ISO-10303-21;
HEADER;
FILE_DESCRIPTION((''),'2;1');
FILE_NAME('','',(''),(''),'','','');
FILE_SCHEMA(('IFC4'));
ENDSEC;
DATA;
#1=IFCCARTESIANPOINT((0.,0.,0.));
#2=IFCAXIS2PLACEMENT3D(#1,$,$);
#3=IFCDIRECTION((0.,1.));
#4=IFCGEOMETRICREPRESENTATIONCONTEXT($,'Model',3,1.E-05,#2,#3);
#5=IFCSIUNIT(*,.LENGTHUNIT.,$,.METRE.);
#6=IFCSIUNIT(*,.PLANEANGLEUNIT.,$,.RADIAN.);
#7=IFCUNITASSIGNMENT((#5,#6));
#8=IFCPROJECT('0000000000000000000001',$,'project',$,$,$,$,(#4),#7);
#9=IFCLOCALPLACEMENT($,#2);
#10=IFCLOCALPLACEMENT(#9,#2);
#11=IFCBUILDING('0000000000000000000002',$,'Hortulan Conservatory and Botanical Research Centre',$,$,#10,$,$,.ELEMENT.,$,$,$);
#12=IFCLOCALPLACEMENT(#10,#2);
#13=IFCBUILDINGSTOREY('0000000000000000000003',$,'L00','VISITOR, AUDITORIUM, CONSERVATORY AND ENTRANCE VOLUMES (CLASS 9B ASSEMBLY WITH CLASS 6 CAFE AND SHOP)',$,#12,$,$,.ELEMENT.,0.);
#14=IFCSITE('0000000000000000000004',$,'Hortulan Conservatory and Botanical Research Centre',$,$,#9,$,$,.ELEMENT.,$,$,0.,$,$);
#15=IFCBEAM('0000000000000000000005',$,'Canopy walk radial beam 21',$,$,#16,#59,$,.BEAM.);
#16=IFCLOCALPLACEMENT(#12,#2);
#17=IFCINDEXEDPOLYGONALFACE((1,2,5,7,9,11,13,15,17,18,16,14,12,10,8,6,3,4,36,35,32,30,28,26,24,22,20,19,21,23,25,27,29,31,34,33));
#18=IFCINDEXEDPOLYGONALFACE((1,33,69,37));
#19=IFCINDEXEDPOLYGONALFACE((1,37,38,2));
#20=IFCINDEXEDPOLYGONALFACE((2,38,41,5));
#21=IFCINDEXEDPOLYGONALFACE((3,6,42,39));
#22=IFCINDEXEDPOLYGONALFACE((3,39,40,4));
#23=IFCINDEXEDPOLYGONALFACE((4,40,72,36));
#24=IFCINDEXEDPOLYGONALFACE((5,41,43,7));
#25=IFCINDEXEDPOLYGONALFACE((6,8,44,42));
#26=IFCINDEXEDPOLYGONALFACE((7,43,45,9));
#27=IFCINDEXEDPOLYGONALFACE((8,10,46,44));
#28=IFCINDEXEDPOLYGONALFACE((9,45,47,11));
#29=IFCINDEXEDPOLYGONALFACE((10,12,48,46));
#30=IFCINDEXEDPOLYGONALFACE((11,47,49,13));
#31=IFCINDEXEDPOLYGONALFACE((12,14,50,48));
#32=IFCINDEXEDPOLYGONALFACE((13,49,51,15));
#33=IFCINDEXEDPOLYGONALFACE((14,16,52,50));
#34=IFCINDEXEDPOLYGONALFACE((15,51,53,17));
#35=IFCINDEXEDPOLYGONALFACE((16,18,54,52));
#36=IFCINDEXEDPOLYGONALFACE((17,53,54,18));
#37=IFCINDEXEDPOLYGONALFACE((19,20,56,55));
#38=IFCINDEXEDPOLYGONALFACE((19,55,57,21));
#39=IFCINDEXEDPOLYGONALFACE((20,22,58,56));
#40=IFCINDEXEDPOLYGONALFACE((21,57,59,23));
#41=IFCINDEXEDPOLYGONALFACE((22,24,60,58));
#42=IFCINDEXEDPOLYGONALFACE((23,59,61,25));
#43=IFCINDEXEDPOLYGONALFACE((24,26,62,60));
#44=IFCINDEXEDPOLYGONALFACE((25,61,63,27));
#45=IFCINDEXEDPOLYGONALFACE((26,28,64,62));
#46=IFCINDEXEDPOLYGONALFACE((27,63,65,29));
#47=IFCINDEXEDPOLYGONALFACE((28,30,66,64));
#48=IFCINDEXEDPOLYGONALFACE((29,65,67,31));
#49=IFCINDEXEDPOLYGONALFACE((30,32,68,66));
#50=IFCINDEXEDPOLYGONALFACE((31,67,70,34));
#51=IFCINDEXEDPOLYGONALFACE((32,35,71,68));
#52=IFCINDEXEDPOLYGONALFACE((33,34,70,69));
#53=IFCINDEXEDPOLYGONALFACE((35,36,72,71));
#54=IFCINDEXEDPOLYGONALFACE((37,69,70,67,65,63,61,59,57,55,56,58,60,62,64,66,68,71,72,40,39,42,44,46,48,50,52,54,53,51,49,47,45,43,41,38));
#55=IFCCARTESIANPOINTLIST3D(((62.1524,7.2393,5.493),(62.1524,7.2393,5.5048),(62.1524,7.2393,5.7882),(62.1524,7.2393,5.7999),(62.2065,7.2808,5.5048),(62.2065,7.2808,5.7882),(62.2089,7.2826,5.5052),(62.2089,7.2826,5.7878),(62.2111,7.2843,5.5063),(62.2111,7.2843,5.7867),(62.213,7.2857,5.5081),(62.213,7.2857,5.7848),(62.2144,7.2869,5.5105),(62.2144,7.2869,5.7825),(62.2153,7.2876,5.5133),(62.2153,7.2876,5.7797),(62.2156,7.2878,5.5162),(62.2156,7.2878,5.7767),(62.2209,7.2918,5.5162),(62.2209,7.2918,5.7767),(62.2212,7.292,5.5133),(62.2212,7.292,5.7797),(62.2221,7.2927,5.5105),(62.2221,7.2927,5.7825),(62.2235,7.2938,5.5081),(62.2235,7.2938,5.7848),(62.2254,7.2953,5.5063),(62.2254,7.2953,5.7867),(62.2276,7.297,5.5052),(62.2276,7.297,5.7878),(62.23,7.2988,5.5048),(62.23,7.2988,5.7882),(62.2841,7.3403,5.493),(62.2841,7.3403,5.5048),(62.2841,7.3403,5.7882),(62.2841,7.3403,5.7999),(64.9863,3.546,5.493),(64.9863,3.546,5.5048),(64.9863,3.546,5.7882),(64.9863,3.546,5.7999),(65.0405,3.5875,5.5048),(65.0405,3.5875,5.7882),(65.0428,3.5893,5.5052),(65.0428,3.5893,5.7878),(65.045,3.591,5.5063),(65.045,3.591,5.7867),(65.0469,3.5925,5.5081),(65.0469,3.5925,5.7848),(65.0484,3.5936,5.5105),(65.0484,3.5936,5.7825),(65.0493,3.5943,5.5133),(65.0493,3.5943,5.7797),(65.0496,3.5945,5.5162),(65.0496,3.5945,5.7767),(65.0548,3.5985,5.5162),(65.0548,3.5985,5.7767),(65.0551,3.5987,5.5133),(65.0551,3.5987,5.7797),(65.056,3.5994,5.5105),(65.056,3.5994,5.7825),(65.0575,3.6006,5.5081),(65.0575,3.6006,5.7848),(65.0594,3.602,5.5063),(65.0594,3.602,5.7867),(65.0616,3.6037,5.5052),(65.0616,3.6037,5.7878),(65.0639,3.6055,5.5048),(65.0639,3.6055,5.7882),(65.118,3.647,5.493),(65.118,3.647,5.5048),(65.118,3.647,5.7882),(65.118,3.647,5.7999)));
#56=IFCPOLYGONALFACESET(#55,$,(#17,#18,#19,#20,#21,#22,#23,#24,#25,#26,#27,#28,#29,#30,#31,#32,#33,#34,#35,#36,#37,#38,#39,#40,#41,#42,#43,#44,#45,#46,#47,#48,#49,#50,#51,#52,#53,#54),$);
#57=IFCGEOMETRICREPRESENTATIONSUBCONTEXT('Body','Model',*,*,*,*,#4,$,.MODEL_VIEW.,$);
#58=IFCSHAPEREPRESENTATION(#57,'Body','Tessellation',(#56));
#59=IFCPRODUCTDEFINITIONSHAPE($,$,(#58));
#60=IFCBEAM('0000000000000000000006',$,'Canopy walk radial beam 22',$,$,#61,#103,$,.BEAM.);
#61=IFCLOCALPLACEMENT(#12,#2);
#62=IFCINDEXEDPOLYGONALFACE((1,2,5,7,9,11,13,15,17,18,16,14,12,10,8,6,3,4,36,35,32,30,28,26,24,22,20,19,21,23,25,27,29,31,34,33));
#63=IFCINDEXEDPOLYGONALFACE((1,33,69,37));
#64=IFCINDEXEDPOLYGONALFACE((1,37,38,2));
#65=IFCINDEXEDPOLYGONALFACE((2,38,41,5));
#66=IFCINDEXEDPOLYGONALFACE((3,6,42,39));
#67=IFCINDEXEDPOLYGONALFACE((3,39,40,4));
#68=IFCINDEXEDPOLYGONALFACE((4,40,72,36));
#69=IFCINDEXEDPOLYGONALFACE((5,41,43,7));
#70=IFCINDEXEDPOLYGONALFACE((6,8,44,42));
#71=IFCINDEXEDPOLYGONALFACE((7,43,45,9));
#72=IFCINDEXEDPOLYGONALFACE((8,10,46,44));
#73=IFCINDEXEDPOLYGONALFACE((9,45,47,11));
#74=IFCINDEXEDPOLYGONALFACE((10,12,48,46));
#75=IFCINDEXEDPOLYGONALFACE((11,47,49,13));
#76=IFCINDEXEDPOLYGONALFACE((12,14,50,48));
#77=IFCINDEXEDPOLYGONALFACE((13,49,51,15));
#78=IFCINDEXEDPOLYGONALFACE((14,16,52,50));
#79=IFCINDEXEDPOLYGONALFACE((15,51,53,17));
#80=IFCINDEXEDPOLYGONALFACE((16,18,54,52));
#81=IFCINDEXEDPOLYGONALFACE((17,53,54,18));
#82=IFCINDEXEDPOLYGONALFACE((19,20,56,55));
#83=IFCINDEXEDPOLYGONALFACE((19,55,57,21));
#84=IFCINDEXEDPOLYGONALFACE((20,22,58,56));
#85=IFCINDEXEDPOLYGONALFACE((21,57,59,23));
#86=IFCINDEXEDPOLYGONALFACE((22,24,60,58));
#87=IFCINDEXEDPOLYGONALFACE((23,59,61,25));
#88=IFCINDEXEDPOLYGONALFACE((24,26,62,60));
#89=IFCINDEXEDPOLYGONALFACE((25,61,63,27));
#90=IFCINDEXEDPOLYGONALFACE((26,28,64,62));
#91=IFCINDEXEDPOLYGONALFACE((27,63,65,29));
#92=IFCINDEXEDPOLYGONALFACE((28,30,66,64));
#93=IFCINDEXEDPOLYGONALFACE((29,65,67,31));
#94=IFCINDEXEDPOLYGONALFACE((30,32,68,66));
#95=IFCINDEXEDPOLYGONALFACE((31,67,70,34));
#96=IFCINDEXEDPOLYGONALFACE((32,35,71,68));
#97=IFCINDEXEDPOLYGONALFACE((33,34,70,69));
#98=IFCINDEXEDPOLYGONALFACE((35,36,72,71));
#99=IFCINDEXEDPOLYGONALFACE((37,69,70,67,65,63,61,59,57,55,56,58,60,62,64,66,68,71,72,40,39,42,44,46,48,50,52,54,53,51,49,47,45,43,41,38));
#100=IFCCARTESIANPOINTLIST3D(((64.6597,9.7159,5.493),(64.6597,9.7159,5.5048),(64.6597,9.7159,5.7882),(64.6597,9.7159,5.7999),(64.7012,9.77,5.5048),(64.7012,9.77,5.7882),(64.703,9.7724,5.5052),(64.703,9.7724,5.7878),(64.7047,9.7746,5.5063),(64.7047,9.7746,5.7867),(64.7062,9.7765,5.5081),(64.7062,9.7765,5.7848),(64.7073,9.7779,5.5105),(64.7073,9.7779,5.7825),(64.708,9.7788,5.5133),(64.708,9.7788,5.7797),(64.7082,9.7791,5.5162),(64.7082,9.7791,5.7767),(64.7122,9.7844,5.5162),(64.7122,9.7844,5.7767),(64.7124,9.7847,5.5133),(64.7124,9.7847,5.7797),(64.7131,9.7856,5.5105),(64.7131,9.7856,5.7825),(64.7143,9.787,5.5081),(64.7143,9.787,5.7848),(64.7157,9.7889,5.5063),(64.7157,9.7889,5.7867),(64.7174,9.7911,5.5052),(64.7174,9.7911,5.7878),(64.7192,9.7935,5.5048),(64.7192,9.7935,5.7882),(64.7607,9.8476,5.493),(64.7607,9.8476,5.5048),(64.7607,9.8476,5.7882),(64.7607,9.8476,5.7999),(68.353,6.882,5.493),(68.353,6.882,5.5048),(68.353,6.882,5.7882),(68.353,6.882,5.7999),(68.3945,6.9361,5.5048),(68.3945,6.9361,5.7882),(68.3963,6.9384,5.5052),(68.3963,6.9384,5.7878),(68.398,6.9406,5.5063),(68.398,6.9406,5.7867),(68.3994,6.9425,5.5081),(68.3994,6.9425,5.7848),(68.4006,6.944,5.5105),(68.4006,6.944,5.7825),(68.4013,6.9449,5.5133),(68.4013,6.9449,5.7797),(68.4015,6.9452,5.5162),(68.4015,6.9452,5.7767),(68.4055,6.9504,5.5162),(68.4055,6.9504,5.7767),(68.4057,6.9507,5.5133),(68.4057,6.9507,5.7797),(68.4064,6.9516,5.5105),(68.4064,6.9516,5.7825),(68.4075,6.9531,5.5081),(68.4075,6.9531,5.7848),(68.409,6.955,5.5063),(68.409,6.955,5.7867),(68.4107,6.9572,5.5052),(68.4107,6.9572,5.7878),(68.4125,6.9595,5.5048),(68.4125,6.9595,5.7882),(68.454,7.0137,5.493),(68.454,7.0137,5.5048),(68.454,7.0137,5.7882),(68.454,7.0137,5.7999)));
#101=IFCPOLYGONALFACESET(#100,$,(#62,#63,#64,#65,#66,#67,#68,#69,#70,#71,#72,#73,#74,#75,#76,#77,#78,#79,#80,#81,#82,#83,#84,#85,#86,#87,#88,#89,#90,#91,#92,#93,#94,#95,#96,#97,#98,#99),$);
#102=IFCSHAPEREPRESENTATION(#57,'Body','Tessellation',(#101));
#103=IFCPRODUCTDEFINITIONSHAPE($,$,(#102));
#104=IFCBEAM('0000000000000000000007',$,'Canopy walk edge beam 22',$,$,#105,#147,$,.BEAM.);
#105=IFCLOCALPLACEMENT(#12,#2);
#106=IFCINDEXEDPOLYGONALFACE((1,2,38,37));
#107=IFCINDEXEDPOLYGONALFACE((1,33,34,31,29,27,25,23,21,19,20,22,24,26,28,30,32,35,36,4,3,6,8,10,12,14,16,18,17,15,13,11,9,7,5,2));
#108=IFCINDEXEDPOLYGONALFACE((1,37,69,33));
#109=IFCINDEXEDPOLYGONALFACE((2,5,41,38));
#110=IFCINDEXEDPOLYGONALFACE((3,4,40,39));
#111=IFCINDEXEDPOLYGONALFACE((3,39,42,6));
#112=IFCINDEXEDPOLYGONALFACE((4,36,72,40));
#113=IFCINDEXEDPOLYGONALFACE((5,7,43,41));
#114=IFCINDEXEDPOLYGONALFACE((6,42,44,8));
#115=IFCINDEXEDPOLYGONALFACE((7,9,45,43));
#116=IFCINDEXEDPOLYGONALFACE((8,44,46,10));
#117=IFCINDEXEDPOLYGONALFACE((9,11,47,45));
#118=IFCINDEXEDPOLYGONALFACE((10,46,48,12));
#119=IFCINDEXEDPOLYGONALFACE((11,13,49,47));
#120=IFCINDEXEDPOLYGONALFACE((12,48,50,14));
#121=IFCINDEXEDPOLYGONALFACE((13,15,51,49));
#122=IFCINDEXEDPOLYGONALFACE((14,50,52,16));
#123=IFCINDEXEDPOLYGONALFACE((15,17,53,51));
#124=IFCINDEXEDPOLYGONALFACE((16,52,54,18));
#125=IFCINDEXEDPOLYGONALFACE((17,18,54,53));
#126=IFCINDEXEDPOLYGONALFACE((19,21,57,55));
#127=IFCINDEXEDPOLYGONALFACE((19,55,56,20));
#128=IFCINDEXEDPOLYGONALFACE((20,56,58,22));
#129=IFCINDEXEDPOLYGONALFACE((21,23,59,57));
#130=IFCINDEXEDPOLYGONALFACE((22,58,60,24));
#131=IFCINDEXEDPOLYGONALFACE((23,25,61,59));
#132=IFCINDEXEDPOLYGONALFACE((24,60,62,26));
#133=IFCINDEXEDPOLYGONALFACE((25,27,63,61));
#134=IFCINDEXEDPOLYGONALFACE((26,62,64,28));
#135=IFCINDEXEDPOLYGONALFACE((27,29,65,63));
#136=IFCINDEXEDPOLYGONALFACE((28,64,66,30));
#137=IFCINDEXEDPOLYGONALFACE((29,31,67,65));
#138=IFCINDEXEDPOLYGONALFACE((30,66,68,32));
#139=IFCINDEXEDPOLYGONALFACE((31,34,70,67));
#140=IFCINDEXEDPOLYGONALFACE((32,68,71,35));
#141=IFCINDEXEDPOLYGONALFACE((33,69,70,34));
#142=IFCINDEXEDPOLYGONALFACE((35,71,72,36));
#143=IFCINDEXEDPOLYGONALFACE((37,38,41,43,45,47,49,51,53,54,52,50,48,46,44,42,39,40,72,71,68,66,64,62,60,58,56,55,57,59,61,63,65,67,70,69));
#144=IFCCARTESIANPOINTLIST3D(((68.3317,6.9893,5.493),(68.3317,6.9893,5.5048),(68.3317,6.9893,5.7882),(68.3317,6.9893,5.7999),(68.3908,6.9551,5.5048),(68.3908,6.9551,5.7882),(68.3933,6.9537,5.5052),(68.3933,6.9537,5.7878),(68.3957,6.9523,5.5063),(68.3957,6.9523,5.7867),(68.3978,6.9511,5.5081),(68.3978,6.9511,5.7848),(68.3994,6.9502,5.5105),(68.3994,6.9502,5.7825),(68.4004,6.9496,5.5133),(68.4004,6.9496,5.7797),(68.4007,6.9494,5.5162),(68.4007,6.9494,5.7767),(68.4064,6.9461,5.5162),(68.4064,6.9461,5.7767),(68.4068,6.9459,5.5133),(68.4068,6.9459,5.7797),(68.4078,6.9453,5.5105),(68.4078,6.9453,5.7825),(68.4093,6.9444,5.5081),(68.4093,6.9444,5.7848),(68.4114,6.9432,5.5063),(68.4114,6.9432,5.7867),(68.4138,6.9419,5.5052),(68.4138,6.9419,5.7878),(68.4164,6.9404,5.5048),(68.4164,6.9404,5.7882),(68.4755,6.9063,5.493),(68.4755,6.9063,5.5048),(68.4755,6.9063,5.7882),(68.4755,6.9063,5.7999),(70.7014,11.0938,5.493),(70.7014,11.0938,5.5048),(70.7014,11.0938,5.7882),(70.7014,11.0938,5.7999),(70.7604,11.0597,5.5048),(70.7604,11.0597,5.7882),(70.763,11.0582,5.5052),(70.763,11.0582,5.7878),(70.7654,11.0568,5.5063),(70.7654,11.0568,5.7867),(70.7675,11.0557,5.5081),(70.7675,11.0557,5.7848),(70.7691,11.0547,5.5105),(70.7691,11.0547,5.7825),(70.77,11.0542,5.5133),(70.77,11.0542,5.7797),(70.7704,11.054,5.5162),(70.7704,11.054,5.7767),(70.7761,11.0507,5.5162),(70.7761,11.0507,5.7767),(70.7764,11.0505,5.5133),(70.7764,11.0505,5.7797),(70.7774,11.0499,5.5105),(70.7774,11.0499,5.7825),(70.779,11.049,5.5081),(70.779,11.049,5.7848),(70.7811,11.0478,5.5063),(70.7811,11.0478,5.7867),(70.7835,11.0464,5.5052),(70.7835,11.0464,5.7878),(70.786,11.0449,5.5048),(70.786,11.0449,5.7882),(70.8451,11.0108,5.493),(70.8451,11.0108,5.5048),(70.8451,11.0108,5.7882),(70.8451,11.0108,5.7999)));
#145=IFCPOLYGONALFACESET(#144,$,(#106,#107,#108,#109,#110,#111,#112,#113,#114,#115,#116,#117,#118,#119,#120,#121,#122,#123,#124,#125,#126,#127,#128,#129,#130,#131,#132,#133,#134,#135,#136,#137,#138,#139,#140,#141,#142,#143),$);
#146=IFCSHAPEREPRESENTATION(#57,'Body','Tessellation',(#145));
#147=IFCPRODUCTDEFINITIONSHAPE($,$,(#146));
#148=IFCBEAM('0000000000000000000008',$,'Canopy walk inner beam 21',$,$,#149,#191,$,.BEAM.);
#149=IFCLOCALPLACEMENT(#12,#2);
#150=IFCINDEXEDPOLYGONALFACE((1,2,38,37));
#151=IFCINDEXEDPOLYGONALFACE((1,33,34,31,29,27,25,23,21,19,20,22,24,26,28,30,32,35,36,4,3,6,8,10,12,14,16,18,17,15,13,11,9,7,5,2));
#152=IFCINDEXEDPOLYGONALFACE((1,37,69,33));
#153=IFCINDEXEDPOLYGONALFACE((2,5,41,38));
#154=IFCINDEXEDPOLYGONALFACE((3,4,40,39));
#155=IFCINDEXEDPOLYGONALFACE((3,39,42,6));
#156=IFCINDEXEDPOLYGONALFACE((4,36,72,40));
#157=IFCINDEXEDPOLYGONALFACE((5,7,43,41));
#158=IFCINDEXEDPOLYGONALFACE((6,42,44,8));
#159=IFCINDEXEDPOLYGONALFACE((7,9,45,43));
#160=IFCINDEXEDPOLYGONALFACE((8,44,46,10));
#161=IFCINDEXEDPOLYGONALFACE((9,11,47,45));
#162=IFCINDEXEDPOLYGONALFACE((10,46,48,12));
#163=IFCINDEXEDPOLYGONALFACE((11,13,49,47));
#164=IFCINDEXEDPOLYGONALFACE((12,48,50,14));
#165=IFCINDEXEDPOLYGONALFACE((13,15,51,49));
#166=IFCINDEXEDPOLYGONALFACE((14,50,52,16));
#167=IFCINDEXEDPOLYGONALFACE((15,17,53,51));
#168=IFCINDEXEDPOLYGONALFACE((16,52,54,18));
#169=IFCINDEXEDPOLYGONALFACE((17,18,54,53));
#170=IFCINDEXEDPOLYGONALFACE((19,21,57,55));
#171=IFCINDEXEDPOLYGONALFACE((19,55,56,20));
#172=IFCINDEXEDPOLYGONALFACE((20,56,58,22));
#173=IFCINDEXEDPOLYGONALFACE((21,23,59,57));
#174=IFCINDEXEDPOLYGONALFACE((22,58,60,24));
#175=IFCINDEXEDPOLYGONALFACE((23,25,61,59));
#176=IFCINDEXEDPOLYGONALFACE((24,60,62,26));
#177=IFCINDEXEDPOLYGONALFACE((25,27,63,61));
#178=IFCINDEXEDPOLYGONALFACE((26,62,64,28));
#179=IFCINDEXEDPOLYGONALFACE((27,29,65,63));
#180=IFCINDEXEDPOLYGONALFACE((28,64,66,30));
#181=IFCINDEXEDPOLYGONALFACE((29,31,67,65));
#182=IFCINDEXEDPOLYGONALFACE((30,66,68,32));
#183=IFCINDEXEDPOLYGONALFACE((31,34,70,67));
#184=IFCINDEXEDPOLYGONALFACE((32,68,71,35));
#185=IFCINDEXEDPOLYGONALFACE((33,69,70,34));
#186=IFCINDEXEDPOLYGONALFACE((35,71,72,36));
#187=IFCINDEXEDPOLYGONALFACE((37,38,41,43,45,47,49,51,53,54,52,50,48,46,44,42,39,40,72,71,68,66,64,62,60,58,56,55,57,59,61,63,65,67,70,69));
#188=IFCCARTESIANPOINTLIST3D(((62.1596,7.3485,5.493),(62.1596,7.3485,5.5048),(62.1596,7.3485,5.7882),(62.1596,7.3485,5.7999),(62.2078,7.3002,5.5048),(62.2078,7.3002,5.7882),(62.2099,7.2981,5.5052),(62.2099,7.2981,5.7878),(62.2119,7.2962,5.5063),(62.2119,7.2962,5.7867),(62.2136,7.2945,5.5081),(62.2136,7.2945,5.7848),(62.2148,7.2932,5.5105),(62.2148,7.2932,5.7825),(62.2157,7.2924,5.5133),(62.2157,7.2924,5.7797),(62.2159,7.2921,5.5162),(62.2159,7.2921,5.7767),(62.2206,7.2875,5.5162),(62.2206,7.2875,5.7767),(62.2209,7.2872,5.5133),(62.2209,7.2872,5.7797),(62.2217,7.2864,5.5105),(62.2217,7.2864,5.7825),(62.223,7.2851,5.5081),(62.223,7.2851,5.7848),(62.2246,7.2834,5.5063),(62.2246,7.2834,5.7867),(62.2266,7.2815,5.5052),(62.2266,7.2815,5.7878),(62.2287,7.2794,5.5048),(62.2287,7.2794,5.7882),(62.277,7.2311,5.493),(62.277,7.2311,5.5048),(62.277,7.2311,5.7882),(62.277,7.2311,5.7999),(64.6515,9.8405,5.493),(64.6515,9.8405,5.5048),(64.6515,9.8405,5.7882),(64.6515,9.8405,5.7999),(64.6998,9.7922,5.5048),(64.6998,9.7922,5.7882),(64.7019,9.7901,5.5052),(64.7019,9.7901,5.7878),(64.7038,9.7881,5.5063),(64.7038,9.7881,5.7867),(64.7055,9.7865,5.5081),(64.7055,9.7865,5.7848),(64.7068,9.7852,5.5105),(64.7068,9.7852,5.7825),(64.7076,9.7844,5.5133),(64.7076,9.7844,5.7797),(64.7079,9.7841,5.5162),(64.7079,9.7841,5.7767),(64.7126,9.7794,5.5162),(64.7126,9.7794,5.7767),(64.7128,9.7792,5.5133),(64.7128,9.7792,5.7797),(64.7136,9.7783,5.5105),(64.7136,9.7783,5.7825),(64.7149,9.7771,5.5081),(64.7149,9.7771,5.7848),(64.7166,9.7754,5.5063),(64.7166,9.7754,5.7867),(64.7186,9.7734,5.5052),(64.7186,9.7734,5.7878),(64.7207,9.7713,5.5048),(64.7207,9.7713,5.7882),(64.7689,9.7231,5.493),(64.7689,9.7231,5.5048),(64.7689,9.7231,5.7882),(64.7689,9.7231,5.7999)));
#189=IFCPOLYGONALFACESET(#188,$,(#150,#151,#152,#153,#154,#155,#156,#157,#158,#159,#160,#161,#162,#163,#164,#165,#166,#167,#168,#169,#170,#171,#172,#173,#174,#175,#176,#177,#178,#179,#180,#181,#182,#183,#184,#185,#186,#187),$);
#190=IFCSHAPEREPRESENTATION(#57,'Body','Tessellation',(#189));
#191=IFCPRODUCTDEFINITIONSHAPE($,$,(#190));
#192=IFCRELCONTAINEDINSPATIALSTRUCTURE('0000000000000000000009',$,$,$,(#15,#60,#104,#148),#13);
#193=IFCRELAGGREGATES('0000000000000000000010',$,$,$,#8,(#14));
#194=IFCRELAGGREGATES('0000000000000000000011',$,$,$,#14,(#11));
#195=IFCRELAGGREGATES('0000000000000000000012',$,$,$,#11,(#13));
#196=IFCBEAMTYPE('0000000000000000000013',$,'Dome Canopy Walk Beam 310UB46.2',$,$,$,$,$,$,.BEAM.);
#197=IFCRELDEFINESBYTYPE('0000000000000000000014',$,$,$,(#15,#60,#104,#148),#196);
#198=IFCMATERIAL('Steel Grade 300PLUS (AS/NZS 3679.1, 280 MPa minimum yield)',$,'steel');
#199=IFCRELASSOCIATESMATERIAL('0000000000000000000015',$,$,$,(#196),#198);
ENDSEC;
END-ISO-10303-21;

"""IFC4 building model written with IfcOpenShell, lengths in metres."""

from ifc_helpers import new_model, si_unit, direction, frame, origin, origin_2d, place, context, subcontext, project, spatial, i_section, extrude, material, material_profile, profile_set, type_object, element, save


model = new_model("IFC4")

# Units and contexts
model_context = context("Model", 3, precision=1e-05, world=origin(), true_north=direction((0.0, 1.0)))
body_context = subcontext(model_context, "Body", "Model", "MODEL_VIEW")
ifc_project = project(units=[si_unit("LENGTHUNIT", "METRE"), si_unit("PLANEANGLEUNIT", "RADIAN")], contexts=[model_context])

# Site, building, storey
site_placement = place(None, origin())
site = spatial("IfcSite", under=ifc_project, at=site_placement, Name="Hortulan Conservatory and Botanical Research Centre", CompositionType="ELEMENT", RefElevation=0.0)
building_placement = place(site_placement, origin())
building = spatial("IfcBuilding", under=site, at=building_placement, Name="Hortulan Conservatory and Botanical Research Centre", CompositionType="ELEMENT")
storey_placement = place(building_placement, origin())
storey = spatial("IfcBuildingStorey", under=building, at=storey_placement, Name="L00", Description="VISITOR, AUDITORIUM, CONSERVATORY AND ENTRANCE VOLUMES (CLASS 9B ASSEMBLY WITH CLASS 6 CAFE AND SHOP)", CompositionType="ELEMENT", Elevation=0.0)

# Beams
ifc_material_1 = material(Name="Steel Grade 300PLUS (AS/NZS 3679.1, 280 MPa minimum yield)", Category="steel")
ifc_material_profile_1 = material_profile(ifc_material_1, i_section(OverallWidth=0.166, OverallDepth=0.3069, WebThickness=0.0066, FlangeThickness=0.0117, FilletRadius=0.0115, at=origin_2d()), Name="310UB46.2")
ifc_profile_set_1 = profile_set([ifc_material_profile_1], Name="Steel Grade 300PLUS (AS/NZS 3679.1, 280 MPa minimum yield)")
beam_type = type_object("IfcBeamType", Name="Dome Canopy Walk Beam 310UB46.2", PredefinedType="BEAM", material=ifc_profile_set_1)
for number, where, z_axis, x_axis, name in (
    (1, (62.2183, 7.2898, 5.6465), (0.608757, -0.793356, 0.0), (0.793356, 0.608757, 0.0), "Canopy walk radial beam 21"),
    (2, (64.7102, 9.7817, 5.6465), (0.793356, -0.608757, 0.0), (0.608757, 0.793356, 0.0), "Canopy walk radial beam 22"),
):
    element("IfcBeam", number, at=place(storey_placement, frame(where, z_axis=z_axis, x_axis=x_axis)), inside=storey, type_object=beam_type, Name=name, PredefinedType="BEAM", context=body_context, shape_type="SweptSolid", body=[
        extrude(i_section(OverallWidth=0.166, OverallDepth=0.3069, WebThickness=0.0066, FlangeThickness=0.0117, FilletRadius=0.0115, at=origin_2d()), origin(), (0.0, 0.0, 1.0), 4.6553),
    ])
beam_placement = place(storey_placement, frame((68.4036, 6.9478, 5.6465), z_axis=(0.499984, 0.866035, 0.0), x_axis=(-0.866035, 0.499984, 0.0)))
element("IfcBeam", 3, at=beam_placement, inside=storey, type_object=beam_type, Name="Canopy walk edge beam 22", PredefinedType="BEAM", context=body_context, shape_type="SweptSolid", body=[
    extrude(i_section(OverallWidth=0.166, OverallDepth=0.3069, WebThickness=0.0066, FlangeThickness=0.0117, FilletRadius=0.0115, at=origin_2d()), origin(), (0.0, 0.0, 1.0), 4.7395),
])
for number, where, z_axis, x_axis, name in (
    (4, (62.2183, 7.2898, 5.6465), (0.707107, 0.707107, 0.0), (-0.707107, 0.707107, 0.0), "Canopy walk inner beam 21"),
):
    element("IfcBeam", number, at=place(storey_placement, frame(where, z_axis=z_axis, x_axis=x_axis)), inside=storey, type_object=beam_type, Name=name, PredefinedType="BEAM", context=body_context, shape_type="SweptSolid", body=[
        extrude(i_section(OverallWidth=0.166, OverallDepth=0.3069, WebThickness=0.0066, FlangeThickness=0.0117, FilletRadius=0.0115, at=origin_2d()), origin(), (0.0, 0.0, 1.0), 3.5242),
    ])

save(model, "model.ifc")
